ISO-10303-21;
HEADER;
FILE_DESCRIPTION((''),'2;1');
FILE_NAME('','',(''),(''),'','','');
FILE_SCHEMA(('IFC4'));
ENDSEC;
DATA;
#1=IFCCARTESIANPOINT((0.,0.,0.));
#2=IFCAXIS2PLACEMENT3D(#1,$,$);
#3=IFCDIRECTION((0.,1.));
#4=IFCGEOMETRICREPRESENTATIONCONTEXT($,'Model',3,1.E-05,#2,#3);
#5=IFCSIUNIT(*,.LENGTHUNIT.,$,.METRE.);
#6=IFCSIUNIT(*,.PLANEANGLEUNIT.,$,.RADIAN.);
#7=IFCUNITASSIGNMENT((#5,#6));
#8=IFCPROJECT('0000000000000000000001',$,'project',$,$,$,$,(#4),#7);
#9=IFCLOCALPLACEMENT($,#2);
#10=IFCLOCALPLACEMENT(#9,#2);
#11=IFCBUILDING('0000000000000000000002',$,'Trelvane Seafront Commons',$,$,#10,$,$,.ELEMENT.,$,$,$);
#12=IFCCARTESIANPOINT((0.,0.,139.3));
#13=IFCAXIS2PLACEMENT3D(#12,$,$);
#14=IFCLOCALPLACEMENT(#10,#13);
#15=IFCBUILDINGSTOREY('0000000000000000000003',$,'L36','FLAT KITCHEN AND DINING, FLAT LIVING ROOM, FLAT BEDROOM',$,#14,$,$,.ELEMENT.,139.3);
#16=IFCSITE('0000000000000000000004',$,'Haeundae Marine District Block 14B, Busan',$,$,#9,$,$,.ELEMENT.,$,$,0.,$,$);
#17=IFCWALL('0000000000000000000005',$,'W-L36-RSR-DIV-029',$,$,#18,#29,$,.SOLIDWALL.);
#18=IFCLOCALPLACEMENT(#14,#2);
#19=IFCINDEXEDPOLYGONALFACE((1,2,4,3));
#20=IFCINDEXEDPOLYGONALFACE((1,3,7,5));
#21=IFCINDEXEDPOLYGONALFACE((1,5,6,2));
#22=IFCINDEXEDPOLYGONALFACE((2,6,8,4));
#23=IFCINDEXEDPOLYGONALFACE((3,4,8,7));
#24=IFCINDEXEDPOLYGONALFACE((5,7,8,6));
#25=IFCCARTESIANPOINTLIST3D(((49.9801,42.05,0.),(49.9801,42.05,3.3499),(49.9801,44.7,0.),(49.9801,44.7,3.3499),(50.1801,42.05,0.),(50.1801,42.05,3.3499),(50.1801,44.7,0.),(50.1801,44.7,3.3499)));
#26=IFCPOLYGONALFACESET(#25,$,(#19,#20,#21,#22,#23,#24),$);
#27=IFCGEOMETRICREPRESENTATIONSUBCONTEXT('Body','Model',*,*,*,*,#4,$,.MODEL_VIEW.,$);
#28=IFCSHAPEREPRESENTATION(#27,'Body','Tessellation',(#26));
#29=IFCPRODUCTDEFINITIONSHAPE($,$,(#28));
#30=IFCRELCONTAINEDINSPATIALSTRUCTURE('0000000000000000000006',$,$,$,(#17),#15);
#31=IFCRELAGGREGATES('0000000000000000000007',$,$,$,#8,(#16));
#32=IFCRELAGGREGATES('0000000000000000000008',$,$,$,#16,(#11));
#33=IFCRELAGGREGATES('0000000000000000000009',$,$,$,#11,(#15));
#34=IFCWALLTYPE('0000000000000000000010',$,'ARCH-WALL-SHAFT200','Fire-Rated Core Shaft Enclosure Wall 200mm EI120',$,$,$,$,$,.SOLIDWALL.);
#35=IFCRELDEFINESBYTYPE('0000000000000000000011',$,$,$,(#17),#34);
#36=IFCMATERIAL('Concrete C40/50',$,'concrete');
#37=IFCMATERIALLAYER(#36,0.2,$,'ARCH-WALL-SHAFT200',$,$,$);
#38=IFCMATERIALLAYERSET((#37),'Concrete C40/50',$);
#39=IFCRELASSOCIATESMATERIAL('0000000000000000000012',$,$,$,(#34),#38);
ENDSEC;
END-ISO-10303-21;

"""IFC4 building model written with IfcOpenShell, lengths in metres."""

from ifc_helpers import new_model, si_unit, direction, frame, frame_2d, origin, place, context, subcontext, project, spatial, rectangle, extrude, material, layer, layer_set, type_object, element, save


model = new_model("IFC4")

# Units and contexts
model_context = context("Model", 3, precision=1e-05, world=origin(), true_north=direction((0.0, 1.0)))
body_context = subcontext(model_context, "Body", "Model", "MODEL_VIEW")
ifc_project = project(units=[si_unit("LENGTHUNIT", "METRE"), si_unit("PLANEANGLEUNIT", "RADIAN")], contexts=[model_context])

# Site, building, storey
site_placement = place(None, origin())
site = spatial("IfcSite", under=ifc_project, at=site_placement, Name="Haeundae Marine District Block 14B, Busan", CompositionType="ELEMENT", RefElevation=0.0)
building_placement = place(site_placement, origin())
building = spatial("IfcBuilding", under=site, at=building_placement, Name="Trelvane Seafront Commons", CompositionType="ELEMENT")
storey_placement = place(building_placement, frame((0.0, 0.0, 139.3)))
storey = spatial("IfcBuildingStorey", under=building, at=storey_placement, Name="L36", Description="FLAT KITCHEN AND DINING, FLAT LIVING ROOM, FLAT BEDROOM", CompositionType="ELEMENT", Elevation=139.3)

# Shared definitions
ifc_material_1 = material(Name="Concrete C40/50", Category="concrete")
ifc_layer_1 = layer(ifc_material_1, 0.2, Name="ARCH-WALL-SHAFT200")
ifc_layer_set_1 = layer_set([ifc_layer_1], Name="Concrete C40/50")
wall_type_1 = type_object("IfcWallType", Name="ARCH-WALL-SHAFT200", Description="Fire-Rated Core Shaft Enclosure Wall 200mm EI120", PredefinedType="SOLIDWALL", material=ifc_layer_set_1)

# Wall
wall_1_placement = place(storey_placement, frame((50.0801, 42.05, 0.0), z_axis=(0.0, 0.0, 1.0), x_axis=(0.0, 1.0, 0.0)))
element("IfcWall", 1, at=wall_1_placement, inside=storey, type_object=wall_type_1, Name="W-L36-RSR-DIV-029", PredefinedType="SOLIDWALL", context=body_context, shape_type="SweptSolid", body=[
    extrude(rectangle(XDim=2.6499, YDim=0.2, at=frame_2d((1.325, 0.0))), origin(), (0.0, 0.0, 1.0), 3.3499),
])

save(model, "model.ifc")
